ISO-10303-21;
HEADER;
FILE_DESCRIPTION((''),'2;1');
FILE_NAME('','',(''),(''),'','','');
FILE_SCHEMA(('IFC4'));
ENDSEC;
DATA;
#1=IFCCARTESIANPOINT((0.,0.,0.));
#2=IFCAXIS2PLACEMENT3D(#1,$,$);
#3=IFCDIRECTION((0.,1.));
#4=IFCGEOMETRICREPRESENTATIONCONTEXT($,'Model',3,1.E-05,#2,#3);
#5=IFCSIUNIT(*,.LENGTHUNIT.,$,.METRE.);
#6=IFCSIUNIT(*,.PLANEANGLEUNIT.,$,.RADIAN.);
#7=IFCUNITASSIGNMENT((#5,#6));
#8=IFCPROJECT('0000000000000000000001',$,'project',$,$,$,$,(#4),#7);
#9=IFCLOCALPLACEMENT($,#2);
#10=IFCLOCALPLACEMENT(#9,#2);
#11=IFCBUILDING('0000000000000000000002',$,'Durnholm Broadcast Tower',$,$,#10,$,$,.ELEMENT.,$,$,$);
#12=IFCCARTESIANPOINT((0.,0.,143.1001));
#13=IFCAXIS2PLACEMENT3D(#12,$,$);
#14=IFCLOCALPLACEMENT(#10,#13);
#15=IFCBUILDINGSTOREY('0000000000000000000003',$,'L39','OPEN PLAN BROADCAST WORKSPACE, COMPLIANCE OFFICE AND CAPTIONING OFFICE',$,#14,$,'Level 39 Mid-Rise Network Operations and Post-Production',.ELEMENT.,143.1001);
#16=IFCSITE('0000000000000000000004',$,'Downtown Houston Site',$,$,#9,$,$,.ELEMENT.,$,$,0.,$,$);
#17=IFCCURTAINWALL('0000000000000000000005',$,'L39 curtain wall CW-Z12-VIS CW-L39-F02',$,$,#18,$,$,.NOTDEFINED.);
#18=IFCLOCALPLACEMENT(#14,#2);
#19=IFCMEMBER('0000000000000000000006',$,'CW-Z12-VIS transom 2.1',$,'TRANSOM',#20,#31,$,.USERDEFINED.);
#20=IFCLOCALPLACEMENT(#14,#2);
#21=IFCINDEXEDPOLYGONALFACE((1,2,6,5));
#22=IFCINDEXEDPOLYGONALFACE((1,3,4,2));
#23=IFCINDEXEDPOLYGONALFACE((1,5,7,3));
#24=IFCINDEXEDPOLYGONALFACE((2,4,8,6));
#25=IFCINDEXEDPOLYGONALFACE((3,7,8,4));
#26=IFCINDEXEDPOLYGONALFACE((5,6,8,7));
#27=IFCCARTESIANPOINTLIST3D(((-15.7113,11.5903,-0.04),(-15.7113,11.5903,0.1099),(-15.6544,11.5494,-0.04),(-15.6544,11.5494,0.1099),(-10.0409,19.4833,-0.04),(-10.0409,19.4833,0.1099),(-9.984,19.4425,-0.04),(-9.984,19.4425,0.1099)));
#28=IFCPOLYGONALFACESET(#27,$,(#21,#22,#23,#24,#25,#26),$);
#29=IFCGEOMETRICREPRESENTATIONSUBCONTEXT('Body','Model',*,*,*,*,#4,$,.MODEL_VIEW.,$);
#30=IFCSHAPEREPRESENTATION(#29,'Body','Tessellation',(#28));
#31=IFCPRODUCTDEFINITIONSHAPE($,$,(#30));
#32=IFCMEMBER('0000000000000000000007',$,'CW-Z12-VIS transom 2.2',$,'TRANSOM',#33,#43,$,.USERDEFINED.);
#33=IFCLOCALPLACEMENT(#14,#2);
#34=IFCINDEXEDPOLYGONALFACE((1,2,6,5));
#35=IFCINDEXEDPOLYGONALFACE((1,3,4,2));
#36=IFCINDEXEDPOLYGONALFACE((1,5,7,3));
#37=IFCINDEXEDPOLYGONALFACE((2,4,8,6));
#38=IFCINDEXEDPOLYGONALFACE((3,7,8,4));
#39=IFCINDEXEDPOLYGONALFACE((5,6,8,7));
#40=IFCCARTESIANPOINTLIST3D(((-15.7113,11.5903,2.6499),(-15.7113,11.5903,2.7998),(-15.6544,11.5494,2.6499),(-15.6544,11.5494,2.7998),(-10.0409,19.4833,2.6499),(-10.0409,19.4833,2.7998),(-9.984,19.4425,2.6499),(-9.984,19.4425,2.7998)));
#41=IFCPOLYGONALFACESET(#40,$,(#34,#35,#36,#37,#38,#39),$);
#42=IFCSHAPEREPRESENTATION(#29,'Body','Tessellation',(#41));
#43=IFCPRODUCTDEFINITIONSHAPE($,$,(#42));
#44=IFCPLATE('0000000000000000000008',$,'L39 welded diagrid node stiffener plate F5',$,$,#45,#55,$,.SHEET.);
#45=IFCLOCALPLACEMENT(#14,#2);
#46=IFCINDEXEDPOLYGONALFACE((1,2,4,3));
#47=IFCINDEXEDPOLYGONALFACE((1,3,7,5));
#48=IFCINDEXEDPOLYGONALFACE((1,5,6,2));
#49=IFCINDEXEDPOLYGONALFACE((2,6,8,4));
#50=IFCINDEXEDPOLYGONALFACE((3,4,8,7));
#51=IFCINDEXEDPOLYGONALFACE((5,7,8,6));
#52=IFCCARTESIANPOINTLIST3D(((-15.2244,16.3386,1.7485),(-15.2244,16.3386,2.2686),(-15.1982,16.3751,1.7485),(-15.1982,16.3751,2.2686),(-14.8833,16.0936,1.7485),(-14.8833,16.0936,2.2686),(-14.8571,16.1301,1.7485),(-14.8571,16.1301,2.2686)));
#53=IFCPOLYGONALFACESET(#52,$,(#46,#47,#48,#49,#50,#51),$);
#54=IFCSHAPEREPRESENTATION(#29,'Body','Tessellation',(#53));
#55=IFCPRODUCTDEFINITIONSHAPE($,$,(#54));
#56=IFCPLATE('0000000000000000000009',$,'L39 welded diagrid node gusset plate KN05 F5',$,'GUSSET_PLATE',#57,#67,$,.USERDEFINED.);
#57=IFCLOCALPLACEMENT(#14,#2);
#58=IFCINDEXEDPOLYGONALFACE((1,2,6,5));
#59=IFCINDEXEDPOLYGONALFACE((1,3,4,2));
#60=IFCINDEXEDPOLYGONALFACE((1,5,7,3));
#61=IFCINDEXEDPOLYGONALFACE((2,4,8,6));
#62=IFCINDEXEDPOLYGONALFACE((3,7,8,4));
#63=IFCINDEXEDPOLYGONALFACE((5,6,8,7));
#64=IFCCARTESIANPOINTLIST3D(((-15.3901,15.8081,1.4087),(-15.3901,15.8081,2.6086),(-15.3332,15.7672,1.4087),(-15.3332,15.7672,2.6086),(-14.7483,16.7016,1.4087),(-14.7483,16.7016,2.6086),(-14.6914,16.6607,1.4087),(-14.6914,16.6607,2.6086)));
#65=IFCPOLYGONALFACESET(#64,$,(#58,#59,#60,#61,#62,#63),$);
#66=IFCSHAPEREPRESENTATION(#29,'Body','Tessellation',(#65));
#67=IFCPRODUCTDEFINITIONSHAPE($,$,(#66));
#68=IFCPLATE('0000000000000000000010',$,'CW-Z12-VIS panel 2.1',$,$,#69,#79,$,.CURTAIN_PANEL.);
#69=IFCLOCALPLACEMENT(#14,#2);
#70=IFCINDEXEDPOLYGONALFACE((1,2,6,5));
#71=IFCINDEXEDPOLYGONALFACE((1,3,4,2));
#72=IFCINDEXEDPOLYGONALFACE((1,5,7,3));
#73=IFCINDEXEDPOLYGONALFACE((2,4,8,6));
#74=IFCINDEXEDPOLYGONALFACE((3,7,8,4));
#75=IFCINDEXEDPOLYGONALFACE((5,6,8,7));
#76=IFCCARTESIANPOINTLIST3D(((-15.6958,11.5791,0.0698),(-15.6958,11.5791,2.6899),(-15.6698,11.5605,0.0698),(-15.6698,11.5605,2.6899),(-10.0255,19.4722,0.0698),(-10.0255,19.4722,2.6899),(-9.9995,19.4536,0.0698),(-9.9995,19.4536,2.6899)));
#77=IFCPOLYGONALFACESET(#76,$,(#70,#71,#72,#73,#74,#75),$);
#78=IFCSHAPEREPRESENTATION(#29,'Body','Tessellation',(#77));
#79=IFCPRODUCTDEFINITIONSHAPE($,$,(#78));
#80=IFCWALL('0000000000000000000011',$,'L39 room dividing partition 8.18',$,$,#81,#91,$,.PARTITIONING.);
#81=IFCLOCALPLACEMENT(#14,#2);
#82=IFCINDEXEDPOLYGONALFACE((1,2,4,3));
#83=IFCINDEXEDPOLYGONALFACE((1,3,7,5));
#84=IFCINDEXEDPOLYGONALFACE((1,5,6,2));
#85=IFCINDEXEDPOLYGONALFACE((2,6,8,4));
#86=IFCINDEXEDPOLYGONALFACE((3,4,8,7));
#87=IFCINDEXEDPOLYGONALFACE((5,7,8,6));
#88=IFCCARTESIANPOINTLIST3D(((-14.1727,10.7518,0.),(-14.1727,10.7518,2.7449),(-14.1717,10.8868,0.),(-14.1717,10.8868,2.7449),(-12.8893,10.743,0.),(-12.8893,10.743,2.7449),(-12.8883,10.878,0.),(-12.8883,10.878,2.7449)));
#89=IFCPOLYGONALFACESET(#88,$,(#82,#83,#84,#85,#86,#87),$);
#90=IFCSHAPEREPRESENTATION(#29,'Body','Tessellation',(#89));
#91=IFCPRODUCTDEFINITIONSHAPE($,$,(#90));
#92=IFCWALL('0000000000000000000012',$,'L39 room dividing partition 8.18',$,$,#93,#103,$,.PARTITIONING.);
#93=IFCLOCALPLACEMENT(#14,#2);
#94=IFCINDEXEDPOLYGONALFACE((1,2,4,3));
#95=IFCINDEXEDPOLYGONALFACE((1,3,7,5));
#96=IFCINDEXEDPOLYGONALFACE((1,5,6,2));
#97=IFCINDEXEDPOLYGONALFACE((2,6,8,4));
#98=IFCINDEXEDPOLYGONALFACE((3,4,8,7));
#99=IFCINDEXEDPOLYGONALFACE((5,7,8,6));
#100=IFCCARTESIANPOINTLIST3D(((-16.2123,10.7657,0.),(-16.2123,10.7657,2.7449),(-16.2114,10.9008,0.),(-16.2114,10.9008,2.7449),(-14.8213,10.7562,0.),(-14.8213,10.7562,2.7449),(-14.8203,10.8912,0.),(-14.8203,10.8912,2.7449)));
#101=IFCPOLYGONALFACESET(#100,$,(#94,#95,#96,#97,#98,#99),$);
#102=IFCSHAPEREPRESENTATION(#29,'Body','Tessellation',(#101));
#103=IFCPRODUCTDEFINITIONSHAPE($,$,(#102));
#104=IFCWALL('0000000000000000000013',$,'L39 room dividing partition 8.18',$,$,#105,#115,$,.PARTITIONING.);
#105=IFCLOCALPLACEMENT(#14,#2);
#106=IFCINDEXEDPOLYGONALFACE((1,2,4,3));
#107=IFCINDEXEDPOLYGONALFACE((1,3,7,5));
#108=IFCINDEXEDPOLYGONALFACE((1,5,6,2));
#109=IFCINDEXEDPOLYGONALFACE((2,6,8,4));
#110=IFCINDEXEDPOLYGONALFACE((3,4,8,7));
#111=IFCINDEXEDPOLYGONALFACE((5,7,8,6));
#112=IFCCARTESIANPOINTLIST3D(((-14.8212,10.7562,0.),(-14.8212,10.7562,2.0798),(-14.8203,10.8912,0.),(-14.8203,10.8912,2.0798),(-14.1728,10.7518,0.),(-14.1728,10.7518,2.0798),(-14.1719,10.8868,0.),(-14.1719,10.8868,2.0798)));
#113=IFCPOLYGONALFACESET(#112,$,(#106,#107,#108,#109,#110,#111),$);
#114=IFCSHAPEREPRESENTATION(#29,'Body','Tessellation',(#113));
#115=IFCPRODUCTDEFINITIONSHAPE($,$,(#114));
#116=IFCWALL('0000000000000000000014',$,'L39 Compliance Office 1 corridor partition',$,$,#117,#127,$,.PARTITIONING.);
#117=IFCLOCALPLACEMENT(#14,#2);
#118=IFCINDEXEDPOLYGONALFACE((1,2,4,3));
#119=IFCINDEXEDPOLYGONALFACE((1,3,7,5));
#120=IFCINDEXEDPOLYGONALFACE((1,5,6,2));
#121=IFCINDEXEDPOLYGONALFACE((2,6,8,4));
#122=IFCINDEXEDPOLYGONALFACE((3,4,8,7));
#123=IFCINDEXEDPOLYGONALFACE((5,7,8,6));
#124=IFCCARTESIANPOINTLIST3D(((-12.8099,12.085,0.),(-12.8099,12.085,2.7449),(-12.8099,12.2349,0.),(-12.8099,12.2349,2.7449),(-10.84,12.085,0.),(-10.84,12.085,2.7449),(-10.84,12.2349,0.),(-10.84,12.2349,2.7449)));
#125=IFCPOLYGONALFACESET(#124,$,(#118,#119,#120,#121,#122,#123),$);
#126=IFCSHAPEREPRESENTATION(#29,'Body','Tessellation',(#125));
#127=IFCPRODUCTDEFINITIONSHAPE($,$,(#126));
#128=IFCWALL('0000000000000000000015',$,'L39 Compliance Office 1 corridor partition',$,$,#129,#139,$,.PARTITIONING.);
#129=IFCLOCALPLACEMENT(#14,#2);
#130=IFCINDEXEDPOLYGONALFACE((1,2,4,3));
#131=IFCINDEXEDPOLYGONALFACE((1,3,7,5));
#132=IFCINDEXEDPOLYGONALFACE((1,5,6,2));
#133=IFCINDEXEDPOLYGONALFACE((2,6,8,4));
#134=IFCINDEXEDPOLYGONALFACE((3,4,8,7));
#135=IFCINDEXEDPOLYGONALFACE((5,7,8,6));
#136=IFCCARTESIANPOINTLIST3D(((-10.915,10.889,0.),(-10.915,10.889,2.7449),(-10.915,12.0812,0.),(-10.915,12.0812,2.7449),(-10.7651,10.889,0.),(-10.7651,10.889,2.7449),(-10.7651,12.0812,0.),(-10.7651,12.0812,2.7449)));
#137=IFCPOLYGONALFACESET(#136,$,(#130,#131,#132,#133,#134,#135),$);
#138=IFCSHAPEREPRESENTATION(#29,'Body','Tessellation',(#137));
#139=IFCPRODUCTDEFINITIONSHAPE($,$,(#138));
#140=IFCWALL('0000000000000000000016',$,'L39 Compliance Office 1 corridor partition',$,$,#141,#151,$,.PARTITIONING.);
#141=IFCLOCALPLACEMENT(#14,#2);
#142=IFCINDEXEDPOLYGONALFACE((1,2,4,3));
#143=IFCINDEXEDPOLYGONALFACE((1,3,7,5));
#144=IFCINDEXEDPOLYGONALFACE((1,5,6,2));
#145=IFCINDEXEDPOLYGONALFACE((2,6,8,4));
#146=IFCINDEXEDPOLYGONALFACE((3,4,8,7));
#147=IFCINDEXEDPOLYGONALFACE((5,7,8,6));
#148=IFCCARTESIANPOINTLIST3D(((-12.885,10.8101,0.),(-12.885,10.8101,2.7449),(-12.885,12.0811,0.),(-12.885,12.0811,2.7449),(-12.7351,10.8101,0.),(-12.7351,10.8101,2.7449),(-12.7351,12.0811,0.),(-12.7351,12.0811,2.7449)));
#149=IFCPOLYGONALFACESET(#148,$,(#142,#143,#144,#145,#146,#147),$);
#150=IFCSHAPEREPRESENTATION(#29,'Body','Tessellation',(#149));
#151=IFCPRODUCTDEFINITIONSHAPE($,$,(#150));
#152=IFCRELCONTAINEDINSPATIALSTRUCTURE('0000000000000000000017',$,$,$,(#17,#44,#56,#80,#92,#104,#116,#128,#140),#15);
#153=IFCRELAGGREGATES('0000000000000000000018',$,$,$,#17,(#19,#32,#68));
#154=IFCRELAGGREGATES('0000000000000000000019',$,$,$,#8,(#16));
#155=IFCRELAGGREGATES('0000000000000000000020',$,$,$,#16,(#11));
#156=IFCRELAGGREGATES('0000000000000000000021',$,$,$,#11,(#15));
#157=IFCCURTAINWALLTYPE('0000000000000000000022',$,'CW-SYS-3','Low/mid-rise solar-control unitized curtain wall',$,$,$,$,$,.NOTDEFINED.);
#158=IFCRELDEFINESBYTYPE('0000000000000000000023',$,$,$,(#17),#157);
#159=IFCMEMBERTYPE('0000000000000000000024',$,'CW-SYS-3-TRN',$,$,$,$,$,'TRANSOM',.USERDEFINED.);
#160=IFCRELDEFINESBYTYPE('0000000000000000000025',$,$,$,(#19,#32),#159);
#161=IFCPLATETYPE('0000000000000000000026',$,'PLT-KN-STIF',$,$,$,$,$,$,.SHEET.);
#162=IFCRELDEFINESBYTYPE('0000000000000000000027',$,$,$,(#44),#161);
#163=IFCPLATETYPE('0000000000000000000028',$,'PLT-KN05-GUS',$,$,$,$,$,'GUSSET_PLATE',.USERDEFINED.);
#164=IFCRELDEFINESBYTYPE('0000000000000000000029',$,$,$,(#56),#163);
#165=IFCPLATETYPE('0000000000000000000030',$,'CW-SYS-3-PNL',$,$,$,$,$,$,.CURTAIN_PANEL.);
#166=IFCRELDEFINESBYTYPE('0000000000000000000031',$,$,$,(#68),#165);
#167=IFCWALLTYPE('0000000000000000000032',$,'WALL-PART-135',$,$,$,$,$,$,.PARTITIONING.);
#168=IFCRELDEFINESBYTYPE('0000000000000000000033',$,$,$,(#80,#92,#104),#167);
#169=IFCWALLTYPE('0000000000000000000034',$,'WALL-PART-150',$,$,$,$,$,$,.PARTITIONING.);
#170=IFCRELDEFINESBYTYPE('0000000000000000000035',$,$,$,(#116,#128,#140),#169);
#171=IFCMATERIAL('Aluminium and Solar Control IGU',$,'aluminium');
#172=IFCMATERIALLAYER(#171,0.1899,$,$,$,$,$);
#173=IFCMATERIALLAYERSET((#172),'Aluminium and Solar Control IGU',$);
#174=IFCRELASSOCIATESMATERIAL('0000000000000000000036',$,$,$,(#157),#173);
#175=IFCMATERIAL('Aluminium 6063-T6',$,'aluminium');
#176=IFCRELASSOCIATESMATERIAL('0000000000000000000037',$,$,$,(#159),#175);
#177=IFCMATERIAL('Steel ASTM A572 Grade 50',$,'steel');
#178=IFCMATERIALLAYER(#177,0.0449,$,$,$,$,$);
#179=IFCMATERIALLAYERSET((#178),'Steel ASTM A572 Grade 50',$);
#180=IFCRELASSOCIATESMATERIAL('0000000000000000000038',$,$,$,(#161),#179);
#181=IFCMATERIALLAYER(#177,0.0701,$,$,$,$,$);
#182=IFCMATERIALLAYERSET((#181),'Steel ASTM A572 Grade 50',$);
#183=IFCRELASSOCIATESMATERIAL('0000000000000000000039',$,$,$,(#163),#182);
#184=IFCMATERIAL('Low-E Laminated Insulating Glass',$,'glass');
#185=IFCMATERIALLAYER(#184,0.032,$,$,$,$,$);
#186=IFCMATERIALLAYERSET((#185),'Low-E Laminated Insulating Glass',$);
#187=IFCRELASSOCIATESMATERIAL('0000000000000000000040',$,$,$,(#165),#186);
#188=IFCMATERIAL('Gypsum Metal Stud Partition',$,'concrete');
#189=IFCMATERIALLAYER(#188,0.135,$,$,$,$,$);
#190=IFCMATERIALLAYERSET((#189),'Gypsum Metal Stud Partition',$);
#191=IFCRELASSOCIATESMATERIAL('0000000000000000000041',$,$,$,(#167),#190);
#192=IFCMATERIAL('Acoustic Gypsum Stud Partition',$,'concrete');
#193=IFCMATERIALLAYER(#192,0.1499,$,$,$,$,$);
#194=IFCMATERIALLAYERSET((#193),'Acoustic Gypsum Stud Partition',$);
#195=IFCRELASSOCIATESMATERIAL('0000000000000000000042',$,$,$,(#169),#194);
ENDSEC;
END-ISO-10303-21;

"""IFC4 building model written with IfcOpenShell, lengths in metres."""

from ifc_helpers import new_model, si_unit, direction, frame, frame_2d, origin, origin_2d, place, context, subcontext, project, spatial, rectangle, extrude, source, transform, mapped, material, layer, layer_set, material_profile, profile_set, type_object, type_shapes, element, aggregate, save


model = new_model("IFC4")

# Units and contexts
model_context = context("Model", 3, precision=1e-05, world=origin(), true_north=direction((0.0, 1.0)))
body_context = subcontext(model_context, "Body", "Model", "MODEL_VIEW")
ifc_project = project(units=[si_unit("LENGTHUNIT", "METRE"), si_unit("PLANEANGLEUNIT", "RADIAN")], contexts=[model_context])

# Site, building, storey
site_placement = place(None, origin())
site = spatial("IfcSite", under=ifc_project, at=site_placement, Name="Downtown Houston Site", CompositionType="ELEMENT", RefElevation=0.0)
building_placement = place(site_placement, origin())
building = spatial("IfcBuilding", under=site, at=building_placement, Name="Durnholm Broadcast Tower", CompositionType="ELEMENT")
storey_placement = place(building_placement, frame((0.0, 0.0, 143.1001)))
storey = spatial("IfcBuildingStorey", under=building, at=storey_placement, Name="L39", Description="OPEN PLAN BROADCAST WORKSPACE, COMPLIANCE OFFICE AND CAPTIONING OFFICE", LongName="Level 39 Mid-Rise Network Operations and Post-Production", CompositionType="ELEMENT", Elevation=143.1001)

# Shared definitions
ifc_material_1 = material(Name="Aluminium and Solar Control IGU", Category="aluminium")
ifc_material_2 = material(Name="Aluminium 6063-T6", Category="aluminium")

# Curtain wall
ifc_layer_1 = layer(ifc_material_1, 0.1899)
ifc_layer_set_1 = layer_set([ifc_layer_1], Name="Aluminium and Solar Control IGU")
curtain_wall_type_1 = type_object("IfcCurtainWallType", Name="CW-SYS-3", Description="Low/mid-rise solar-control unitized curtain wall", PredefinedType="NOTDEFINED", material=ifc_layer_set_1)
curtain_wall_1_placement = place(storey_placement, origin())
curtain_wall_1 = element("IfcCurtainWall", 1, at=curtain_wall_1_placement, inside=storey, type_object=curtain_wall_type_1, Name="L39 curtain wall CW-Z12-VIS CW-L39-F02", PredefinedType="NOTDEFINED")

# Members
ifc_material_profile_1 = material_profile(ifc_material_2, rectangle(XDim=0.0701, YDim=0.1499, at=origin_2d()), Name="CWT70X150")
ifc_profile_set_1 = profile_set([ifc_material_profile_1], Name="Aluminium 6063-T6")
member_type_1 = type_object("IfcMemberType", Name="CW-SYS-3-TRN", ElementType="TRANSOM", PredefinedType="USERDEFINED", material=ifc_profile_set_1)
shared_shape_1 = source(origin(), body_context, "Body", "SweptSolid", [
    extrude(rectangle(XDim=0.0701, YDim=0.1499, at=origin_2d()), origin(), (0.0, 0.0, 1.0), 9.7188),
])
type_shapes(member_type_1, [shared_shape_1])
member_1_placement = place(storey_placement, frame((-15.6829, 11.5698, 0.0349), z_axis=(0.583451, 0.812149, 0.0), x_axis=(-0.812149, 0.583451, 0.0)))
member_1 = element("IfcMember", 2, at=member_1_placement, type_object=member_type_1, Name="CW-Z12-VIS transom 2.1", ObjectType="TRANSOM", PredefinedType="USERDEFINED", context=body_context, shape_type="MappedRepresentation", body=[
    mapped(shared_shape_1, transform((0.0, 0.0, 0.0), x_axis=(1.0, 0.0, 0.0), y_axis=(0.0, 1.0, 0.0), z_axis=(0.0, 0.0, 1.0), scale=1.0)),
])
member_2_placement = place(storey_placement, frame((-15.6829, 11.5698, 2.7249), z_axis=(0.583451, 0.812149, 0.0), x_axis=(-0.812149, 0.583451, 0.0)))
member_2 = element("IfcMember", 3, at=member_2_placement, type_object=member_type_1, Name="CW-Z12-VIS transom 2.2", ObjectType="TRANSOM", PredefinedType="USERDEFINED", context=body_context, shape_type="MappedRepresentation", body=[
    mapped(shared_shape_1, transform((0.0, 0.0, 0.0), x_axis=(1.0, 0.0, 0.0), y_axis=(0.0, 1.0, 0.0), z_axis=(0.0, 0.0, 1.0), scale=1.0)),
])

# Plates
ifc_material_3 = material(Name="Steel ASTM A572 Grade 50", Category="steel")
ifc_layer_2 = layer(ifc_material_3, 0.0449)
ifc_layer_set_2 = layer_set([ifc_layer_2], Name="Steel ASTM A572 Grade 50")
plate_type_1 = type_object("IfcPlateType", Name="PLT-KN-STIF", PredefinedType="SHEET", material=ifc_layer_set_2)
shared_shape_2 = source(origin(), body_context, "Body", "SweptSolid", [
    extrude(rectangle(XDim=0.0449, YDim=0.4199, at=origin_2d()), origin(), (0.0, 0.0, 1.0), 0.52),
])
type_shapes(plate_type_1, [shared_shape_2])
plate_1_placement = place(storey_placement, frame((-15.0408, 16.2344, 1.7485), z_axis=(0.0, 0.0, 1.0), x_axis=(-0.583399, -0.812185, 0.0)))
element("IfcPlate", 4, at=plate_1_placement, inside=storey, type_object=plate_type_1, Name="L39 welded diagrid node stiffener plate F5", PredefinedType="SHEET", context=body_context, shape_type="MappedRepresentation", body=[
    mapped(shared_shape_2, transform((0.0, 0.0, 0.0), x_axis=(1.0, 0.0, 0.0), y_axis=(0.0, 1.0, 0.0), z_axis=(0.0, 0.0, 1.0), scale=1.0)),
])
ifc_layer_3 = layer(ifc_material_3, 0.0701)
ifc_layer_set_3 = layer_set([ifc_layer_3], Name="Steel ASTM A572 Grade 50")
plate_type_2 = type_object("IfcPlateType", Name="PLT-KN05-GUS", ElementType="GUSSET_PLATE", PredefinedType="USERDEFINED", material=ifc_layer_set_3)
shared_shape_3 = source(origin(), body_context, "Body", "SweptSolid", [
    extrude(rectangle(XDim=1.1001, YDim=0.0701, at=origin_2d()), origin(), (0.0, 0.0, 1.0), 1.2),
])
type_shapes(plate_type_2, [shared_shape_3])
plate_2_placement = place(storey_placement, frame((-15.0408, 16.2344, 1.4087), z_axis=(0.0, 0.0, 1.0), x_axis=(-0.583399, -0.812185, 0.0)))
element("IfcPlate", 5, at=plate_2_placement, inside=storey, type_object=plate_type_2, Name="L39 welded diagrid node gusset plate KN05 F5", ObjectType="GUSSET_PLATE", PredefinedType="USERDEFINED", context=body_context, shape_type="MappedRepresentation", body=[
    mapped(shared_shape_3, transform((0.0, 0.0, 0.0), x_axis=(1.0, 0.0, 0.0), y_axis=(0.0, 1.0, 0.0), z_axis=(0.0, 0.0, 1.0), scale=1.0)),
])

# Plate
ifc_material_4 = material(Name="Low-E Laminated Insulating Glass", Category="glass")
ifc_layer_4 = layer(ifc_material_4, 0.032)
ifc_layer_set_4 = layer_set([ifc_layer_4], Name="Low-E Laminated Insulating Glass")
plate_type_3 = type_object("IfcPlateType", Name="CW-SYS-3-PNL", PredefinedType="CURTAIN_PANEL", material=ifc_layer_set_4)
shared_shape_4 = source(origin(), body_context, "Body", "SweptSolid", [
    extrude(rectangle(XDim=9.7188, YDim=0.032, at=origin_2d()), origin(), (0.0, 0.0, 1.0), 2.6201),
])
type_shapes(plate_type_3, [shared_shape_4])
plate_3_placement = place(storey_placement, frame((-12.8477, 15.5164, 0.0698), z_axis=(0.0, 0.0, 1.0), x_axis=(0.583445, 0.812152, 0.0)))
plate_3 = element("IfcPlate", 6, at=plate_3_placement, type_object=plate_type_3, Name="CW-Z12-VIS panel 2.1", PredefinedType="CURTAIN_PANEL", context=body_context, shape_type="MappedRepresentation", body=[
    mapped(shared_shape_4, transform((0.0, 0.0, 0.0), x_axis=(1.0, 0.0, 0.0), y_axis=(0.0, 1.0, 0.0), z_axis=(0.0, 0.0, 1.0), scale=1.0)),
])
aggregate(curtain_wall_1, [member_1, member_2, plate_3])

# Walls
ifc_material_5 = material(Name="Gypsum Metal Stud Partition", Category="concrete")
ifc_layer_5 = layer(ifc_material_5, 0.135)
ifc_layer_set_5 = layer_set([ifc_layer_5], Name="Gypsum Metal Stud Partition")
wall_type_1 = type_object("IfcWallType", Name="WALL-PART-135", PredefinedType="PARTITIONING", material=ifc_layer_set_5)
wall_1_placement = place(storey_placement, frame((-12.8889, 10.8105, 0.0), z_axis=(0.0, 0.0, 1.0), x_axis=(-0.999977, 0.006848, 0.0)))
element("IfcWall", 7, at=wall_1_placement, inside=storey, type_object=wall_type_1, Name="L39 room dividing partition 8.18", PredefinedType="PARTITIONING", context=body_context, shape_type="SweptSolid", body=[
    extrude(rectangle(XDim=1.2834, YDim=0.135, at=frame_2d((0.6416, 0.0))), origin(), (0.0, 0.0, 1.0), 2.7449),
])
wall_2_placement = place(storey_placement, frame((-14.8208, 10.8237, 0.0), z_axis=(0.0, 0.0, 1.0), x_axis=(-0.999977, 0.006844, 0.0)))
element("IfcWall", 8, at=wall_2_placement, inside=storey, type_object=wall_type_1, Name="L39 room dividing partition 8.18", PredefinedType="PARTITIONING", context=body_context, shape_type="SweptSolid", body=[
    extrude(rectangle(XDim=1.3911, YDim=0.135, at=frame_2d((0.6956, 0.0))), origin(), (0.0, 0.0, 1.0), 2.7449),
])
wall_3_placement = place(storey_placement, frame((-14.1724, 10.8193, 0.0), z_axis=(0.0, 0.0, 1.0), x_axis=(-0.999977, 0.006777, 0.0)))
element("IfcWall", 9, at=wall_3_placement, inside=storey, type_object=wall_type_1, Name="L39 room dividing partition 8.18", PredefinedType="PARTITIONING", context=body_context, shape_type="SweptSolid", body=[
    extrude(rectangle(XDim=0.6484, YDim=0.135, at=frame_2d((0.3242, 0.0))), origin(), (0.0, 0.0, 1.0), 2.0798),
])
ifc_material_6 = material(Name="Acoustic Gypsum Stud Partition", Category="concrete")
ifc_layer_6 = layer(ifc_material_6, 0.1499)
ifc_layer_set_6 = layer_set([ifc_layer_6], Name="Acoustic Gypsum Stud Partition")
wall_type_2 = type_object("IfcWallType", Name="WALL-PART-150", PredefinedType="PARTITIONING", material=ifc_layer_set_6)
wall_4_placement = place(storey_placement, frame((-10.8401, 12.1599, 0.0), z_axis=(0.0, 0.0, 1.0), x_axis=(-1.0, 0.0, 0.0)))
element("IfcWall", 10, at=wall_4_placement, inside=storey, type_object=wall_type_2, Name="L39 Compliance Office 1 corridor partition", PredefinedType="PARTITIONING", context=body_context, shape_type="SweptSolid", body=[
    extrude(rectangle(XDim=1.97, YDim=0.1499, at=frame_2d((0.9849, 0.0))), origin(), (0.0, 0.0, 1.0), 2.7449),
])
wall_5_placement = place(storey_placement, frame((-10.8401, 10.8889, 0.0), z_axis=(0.0, 0.0, 1.0), x_axis=(0.0, 1.0, 0.0)))
element("IfcWall", 11, at=wall_5_placement, inside=storey, type_object=wall_type_2, Name="L39 Compliance Office 1 corridor partition", PredefinedType="PARTITIONING", context=body_context, shape_type="SweptSolid", body=[
    extrude(rectangle(XDim=1.1921, YDim=0.1499, at=frame_2d((0.5962, 0.0))), origin(), (0.0, 0.0, 1.0), 2.7449),
])
wall_6_placement = place(storey_placement, frame((-12.8101, 12.0811, 0.0), z_axis=(0.0, 0.0, 1.0), x_axis=(0.0, -1.0, 0.0)))
element("IfcWall", 12, at=wall_6_placement, inside=storey, type_object=wall_type_2, Name="L39 Compliance Office 1 corridor partition", PredefinedType="PARTITIONING", context=body_context, shape_type="SweptSolid", body=[
    extrude(rectangle(XDim=1.271, YDim=0.1499, at=frame_2d((0.6355, 0.0))), origin(), (0.0, 0.0, 1.0), 2.7449),
])

save(model, "model.ifc")
